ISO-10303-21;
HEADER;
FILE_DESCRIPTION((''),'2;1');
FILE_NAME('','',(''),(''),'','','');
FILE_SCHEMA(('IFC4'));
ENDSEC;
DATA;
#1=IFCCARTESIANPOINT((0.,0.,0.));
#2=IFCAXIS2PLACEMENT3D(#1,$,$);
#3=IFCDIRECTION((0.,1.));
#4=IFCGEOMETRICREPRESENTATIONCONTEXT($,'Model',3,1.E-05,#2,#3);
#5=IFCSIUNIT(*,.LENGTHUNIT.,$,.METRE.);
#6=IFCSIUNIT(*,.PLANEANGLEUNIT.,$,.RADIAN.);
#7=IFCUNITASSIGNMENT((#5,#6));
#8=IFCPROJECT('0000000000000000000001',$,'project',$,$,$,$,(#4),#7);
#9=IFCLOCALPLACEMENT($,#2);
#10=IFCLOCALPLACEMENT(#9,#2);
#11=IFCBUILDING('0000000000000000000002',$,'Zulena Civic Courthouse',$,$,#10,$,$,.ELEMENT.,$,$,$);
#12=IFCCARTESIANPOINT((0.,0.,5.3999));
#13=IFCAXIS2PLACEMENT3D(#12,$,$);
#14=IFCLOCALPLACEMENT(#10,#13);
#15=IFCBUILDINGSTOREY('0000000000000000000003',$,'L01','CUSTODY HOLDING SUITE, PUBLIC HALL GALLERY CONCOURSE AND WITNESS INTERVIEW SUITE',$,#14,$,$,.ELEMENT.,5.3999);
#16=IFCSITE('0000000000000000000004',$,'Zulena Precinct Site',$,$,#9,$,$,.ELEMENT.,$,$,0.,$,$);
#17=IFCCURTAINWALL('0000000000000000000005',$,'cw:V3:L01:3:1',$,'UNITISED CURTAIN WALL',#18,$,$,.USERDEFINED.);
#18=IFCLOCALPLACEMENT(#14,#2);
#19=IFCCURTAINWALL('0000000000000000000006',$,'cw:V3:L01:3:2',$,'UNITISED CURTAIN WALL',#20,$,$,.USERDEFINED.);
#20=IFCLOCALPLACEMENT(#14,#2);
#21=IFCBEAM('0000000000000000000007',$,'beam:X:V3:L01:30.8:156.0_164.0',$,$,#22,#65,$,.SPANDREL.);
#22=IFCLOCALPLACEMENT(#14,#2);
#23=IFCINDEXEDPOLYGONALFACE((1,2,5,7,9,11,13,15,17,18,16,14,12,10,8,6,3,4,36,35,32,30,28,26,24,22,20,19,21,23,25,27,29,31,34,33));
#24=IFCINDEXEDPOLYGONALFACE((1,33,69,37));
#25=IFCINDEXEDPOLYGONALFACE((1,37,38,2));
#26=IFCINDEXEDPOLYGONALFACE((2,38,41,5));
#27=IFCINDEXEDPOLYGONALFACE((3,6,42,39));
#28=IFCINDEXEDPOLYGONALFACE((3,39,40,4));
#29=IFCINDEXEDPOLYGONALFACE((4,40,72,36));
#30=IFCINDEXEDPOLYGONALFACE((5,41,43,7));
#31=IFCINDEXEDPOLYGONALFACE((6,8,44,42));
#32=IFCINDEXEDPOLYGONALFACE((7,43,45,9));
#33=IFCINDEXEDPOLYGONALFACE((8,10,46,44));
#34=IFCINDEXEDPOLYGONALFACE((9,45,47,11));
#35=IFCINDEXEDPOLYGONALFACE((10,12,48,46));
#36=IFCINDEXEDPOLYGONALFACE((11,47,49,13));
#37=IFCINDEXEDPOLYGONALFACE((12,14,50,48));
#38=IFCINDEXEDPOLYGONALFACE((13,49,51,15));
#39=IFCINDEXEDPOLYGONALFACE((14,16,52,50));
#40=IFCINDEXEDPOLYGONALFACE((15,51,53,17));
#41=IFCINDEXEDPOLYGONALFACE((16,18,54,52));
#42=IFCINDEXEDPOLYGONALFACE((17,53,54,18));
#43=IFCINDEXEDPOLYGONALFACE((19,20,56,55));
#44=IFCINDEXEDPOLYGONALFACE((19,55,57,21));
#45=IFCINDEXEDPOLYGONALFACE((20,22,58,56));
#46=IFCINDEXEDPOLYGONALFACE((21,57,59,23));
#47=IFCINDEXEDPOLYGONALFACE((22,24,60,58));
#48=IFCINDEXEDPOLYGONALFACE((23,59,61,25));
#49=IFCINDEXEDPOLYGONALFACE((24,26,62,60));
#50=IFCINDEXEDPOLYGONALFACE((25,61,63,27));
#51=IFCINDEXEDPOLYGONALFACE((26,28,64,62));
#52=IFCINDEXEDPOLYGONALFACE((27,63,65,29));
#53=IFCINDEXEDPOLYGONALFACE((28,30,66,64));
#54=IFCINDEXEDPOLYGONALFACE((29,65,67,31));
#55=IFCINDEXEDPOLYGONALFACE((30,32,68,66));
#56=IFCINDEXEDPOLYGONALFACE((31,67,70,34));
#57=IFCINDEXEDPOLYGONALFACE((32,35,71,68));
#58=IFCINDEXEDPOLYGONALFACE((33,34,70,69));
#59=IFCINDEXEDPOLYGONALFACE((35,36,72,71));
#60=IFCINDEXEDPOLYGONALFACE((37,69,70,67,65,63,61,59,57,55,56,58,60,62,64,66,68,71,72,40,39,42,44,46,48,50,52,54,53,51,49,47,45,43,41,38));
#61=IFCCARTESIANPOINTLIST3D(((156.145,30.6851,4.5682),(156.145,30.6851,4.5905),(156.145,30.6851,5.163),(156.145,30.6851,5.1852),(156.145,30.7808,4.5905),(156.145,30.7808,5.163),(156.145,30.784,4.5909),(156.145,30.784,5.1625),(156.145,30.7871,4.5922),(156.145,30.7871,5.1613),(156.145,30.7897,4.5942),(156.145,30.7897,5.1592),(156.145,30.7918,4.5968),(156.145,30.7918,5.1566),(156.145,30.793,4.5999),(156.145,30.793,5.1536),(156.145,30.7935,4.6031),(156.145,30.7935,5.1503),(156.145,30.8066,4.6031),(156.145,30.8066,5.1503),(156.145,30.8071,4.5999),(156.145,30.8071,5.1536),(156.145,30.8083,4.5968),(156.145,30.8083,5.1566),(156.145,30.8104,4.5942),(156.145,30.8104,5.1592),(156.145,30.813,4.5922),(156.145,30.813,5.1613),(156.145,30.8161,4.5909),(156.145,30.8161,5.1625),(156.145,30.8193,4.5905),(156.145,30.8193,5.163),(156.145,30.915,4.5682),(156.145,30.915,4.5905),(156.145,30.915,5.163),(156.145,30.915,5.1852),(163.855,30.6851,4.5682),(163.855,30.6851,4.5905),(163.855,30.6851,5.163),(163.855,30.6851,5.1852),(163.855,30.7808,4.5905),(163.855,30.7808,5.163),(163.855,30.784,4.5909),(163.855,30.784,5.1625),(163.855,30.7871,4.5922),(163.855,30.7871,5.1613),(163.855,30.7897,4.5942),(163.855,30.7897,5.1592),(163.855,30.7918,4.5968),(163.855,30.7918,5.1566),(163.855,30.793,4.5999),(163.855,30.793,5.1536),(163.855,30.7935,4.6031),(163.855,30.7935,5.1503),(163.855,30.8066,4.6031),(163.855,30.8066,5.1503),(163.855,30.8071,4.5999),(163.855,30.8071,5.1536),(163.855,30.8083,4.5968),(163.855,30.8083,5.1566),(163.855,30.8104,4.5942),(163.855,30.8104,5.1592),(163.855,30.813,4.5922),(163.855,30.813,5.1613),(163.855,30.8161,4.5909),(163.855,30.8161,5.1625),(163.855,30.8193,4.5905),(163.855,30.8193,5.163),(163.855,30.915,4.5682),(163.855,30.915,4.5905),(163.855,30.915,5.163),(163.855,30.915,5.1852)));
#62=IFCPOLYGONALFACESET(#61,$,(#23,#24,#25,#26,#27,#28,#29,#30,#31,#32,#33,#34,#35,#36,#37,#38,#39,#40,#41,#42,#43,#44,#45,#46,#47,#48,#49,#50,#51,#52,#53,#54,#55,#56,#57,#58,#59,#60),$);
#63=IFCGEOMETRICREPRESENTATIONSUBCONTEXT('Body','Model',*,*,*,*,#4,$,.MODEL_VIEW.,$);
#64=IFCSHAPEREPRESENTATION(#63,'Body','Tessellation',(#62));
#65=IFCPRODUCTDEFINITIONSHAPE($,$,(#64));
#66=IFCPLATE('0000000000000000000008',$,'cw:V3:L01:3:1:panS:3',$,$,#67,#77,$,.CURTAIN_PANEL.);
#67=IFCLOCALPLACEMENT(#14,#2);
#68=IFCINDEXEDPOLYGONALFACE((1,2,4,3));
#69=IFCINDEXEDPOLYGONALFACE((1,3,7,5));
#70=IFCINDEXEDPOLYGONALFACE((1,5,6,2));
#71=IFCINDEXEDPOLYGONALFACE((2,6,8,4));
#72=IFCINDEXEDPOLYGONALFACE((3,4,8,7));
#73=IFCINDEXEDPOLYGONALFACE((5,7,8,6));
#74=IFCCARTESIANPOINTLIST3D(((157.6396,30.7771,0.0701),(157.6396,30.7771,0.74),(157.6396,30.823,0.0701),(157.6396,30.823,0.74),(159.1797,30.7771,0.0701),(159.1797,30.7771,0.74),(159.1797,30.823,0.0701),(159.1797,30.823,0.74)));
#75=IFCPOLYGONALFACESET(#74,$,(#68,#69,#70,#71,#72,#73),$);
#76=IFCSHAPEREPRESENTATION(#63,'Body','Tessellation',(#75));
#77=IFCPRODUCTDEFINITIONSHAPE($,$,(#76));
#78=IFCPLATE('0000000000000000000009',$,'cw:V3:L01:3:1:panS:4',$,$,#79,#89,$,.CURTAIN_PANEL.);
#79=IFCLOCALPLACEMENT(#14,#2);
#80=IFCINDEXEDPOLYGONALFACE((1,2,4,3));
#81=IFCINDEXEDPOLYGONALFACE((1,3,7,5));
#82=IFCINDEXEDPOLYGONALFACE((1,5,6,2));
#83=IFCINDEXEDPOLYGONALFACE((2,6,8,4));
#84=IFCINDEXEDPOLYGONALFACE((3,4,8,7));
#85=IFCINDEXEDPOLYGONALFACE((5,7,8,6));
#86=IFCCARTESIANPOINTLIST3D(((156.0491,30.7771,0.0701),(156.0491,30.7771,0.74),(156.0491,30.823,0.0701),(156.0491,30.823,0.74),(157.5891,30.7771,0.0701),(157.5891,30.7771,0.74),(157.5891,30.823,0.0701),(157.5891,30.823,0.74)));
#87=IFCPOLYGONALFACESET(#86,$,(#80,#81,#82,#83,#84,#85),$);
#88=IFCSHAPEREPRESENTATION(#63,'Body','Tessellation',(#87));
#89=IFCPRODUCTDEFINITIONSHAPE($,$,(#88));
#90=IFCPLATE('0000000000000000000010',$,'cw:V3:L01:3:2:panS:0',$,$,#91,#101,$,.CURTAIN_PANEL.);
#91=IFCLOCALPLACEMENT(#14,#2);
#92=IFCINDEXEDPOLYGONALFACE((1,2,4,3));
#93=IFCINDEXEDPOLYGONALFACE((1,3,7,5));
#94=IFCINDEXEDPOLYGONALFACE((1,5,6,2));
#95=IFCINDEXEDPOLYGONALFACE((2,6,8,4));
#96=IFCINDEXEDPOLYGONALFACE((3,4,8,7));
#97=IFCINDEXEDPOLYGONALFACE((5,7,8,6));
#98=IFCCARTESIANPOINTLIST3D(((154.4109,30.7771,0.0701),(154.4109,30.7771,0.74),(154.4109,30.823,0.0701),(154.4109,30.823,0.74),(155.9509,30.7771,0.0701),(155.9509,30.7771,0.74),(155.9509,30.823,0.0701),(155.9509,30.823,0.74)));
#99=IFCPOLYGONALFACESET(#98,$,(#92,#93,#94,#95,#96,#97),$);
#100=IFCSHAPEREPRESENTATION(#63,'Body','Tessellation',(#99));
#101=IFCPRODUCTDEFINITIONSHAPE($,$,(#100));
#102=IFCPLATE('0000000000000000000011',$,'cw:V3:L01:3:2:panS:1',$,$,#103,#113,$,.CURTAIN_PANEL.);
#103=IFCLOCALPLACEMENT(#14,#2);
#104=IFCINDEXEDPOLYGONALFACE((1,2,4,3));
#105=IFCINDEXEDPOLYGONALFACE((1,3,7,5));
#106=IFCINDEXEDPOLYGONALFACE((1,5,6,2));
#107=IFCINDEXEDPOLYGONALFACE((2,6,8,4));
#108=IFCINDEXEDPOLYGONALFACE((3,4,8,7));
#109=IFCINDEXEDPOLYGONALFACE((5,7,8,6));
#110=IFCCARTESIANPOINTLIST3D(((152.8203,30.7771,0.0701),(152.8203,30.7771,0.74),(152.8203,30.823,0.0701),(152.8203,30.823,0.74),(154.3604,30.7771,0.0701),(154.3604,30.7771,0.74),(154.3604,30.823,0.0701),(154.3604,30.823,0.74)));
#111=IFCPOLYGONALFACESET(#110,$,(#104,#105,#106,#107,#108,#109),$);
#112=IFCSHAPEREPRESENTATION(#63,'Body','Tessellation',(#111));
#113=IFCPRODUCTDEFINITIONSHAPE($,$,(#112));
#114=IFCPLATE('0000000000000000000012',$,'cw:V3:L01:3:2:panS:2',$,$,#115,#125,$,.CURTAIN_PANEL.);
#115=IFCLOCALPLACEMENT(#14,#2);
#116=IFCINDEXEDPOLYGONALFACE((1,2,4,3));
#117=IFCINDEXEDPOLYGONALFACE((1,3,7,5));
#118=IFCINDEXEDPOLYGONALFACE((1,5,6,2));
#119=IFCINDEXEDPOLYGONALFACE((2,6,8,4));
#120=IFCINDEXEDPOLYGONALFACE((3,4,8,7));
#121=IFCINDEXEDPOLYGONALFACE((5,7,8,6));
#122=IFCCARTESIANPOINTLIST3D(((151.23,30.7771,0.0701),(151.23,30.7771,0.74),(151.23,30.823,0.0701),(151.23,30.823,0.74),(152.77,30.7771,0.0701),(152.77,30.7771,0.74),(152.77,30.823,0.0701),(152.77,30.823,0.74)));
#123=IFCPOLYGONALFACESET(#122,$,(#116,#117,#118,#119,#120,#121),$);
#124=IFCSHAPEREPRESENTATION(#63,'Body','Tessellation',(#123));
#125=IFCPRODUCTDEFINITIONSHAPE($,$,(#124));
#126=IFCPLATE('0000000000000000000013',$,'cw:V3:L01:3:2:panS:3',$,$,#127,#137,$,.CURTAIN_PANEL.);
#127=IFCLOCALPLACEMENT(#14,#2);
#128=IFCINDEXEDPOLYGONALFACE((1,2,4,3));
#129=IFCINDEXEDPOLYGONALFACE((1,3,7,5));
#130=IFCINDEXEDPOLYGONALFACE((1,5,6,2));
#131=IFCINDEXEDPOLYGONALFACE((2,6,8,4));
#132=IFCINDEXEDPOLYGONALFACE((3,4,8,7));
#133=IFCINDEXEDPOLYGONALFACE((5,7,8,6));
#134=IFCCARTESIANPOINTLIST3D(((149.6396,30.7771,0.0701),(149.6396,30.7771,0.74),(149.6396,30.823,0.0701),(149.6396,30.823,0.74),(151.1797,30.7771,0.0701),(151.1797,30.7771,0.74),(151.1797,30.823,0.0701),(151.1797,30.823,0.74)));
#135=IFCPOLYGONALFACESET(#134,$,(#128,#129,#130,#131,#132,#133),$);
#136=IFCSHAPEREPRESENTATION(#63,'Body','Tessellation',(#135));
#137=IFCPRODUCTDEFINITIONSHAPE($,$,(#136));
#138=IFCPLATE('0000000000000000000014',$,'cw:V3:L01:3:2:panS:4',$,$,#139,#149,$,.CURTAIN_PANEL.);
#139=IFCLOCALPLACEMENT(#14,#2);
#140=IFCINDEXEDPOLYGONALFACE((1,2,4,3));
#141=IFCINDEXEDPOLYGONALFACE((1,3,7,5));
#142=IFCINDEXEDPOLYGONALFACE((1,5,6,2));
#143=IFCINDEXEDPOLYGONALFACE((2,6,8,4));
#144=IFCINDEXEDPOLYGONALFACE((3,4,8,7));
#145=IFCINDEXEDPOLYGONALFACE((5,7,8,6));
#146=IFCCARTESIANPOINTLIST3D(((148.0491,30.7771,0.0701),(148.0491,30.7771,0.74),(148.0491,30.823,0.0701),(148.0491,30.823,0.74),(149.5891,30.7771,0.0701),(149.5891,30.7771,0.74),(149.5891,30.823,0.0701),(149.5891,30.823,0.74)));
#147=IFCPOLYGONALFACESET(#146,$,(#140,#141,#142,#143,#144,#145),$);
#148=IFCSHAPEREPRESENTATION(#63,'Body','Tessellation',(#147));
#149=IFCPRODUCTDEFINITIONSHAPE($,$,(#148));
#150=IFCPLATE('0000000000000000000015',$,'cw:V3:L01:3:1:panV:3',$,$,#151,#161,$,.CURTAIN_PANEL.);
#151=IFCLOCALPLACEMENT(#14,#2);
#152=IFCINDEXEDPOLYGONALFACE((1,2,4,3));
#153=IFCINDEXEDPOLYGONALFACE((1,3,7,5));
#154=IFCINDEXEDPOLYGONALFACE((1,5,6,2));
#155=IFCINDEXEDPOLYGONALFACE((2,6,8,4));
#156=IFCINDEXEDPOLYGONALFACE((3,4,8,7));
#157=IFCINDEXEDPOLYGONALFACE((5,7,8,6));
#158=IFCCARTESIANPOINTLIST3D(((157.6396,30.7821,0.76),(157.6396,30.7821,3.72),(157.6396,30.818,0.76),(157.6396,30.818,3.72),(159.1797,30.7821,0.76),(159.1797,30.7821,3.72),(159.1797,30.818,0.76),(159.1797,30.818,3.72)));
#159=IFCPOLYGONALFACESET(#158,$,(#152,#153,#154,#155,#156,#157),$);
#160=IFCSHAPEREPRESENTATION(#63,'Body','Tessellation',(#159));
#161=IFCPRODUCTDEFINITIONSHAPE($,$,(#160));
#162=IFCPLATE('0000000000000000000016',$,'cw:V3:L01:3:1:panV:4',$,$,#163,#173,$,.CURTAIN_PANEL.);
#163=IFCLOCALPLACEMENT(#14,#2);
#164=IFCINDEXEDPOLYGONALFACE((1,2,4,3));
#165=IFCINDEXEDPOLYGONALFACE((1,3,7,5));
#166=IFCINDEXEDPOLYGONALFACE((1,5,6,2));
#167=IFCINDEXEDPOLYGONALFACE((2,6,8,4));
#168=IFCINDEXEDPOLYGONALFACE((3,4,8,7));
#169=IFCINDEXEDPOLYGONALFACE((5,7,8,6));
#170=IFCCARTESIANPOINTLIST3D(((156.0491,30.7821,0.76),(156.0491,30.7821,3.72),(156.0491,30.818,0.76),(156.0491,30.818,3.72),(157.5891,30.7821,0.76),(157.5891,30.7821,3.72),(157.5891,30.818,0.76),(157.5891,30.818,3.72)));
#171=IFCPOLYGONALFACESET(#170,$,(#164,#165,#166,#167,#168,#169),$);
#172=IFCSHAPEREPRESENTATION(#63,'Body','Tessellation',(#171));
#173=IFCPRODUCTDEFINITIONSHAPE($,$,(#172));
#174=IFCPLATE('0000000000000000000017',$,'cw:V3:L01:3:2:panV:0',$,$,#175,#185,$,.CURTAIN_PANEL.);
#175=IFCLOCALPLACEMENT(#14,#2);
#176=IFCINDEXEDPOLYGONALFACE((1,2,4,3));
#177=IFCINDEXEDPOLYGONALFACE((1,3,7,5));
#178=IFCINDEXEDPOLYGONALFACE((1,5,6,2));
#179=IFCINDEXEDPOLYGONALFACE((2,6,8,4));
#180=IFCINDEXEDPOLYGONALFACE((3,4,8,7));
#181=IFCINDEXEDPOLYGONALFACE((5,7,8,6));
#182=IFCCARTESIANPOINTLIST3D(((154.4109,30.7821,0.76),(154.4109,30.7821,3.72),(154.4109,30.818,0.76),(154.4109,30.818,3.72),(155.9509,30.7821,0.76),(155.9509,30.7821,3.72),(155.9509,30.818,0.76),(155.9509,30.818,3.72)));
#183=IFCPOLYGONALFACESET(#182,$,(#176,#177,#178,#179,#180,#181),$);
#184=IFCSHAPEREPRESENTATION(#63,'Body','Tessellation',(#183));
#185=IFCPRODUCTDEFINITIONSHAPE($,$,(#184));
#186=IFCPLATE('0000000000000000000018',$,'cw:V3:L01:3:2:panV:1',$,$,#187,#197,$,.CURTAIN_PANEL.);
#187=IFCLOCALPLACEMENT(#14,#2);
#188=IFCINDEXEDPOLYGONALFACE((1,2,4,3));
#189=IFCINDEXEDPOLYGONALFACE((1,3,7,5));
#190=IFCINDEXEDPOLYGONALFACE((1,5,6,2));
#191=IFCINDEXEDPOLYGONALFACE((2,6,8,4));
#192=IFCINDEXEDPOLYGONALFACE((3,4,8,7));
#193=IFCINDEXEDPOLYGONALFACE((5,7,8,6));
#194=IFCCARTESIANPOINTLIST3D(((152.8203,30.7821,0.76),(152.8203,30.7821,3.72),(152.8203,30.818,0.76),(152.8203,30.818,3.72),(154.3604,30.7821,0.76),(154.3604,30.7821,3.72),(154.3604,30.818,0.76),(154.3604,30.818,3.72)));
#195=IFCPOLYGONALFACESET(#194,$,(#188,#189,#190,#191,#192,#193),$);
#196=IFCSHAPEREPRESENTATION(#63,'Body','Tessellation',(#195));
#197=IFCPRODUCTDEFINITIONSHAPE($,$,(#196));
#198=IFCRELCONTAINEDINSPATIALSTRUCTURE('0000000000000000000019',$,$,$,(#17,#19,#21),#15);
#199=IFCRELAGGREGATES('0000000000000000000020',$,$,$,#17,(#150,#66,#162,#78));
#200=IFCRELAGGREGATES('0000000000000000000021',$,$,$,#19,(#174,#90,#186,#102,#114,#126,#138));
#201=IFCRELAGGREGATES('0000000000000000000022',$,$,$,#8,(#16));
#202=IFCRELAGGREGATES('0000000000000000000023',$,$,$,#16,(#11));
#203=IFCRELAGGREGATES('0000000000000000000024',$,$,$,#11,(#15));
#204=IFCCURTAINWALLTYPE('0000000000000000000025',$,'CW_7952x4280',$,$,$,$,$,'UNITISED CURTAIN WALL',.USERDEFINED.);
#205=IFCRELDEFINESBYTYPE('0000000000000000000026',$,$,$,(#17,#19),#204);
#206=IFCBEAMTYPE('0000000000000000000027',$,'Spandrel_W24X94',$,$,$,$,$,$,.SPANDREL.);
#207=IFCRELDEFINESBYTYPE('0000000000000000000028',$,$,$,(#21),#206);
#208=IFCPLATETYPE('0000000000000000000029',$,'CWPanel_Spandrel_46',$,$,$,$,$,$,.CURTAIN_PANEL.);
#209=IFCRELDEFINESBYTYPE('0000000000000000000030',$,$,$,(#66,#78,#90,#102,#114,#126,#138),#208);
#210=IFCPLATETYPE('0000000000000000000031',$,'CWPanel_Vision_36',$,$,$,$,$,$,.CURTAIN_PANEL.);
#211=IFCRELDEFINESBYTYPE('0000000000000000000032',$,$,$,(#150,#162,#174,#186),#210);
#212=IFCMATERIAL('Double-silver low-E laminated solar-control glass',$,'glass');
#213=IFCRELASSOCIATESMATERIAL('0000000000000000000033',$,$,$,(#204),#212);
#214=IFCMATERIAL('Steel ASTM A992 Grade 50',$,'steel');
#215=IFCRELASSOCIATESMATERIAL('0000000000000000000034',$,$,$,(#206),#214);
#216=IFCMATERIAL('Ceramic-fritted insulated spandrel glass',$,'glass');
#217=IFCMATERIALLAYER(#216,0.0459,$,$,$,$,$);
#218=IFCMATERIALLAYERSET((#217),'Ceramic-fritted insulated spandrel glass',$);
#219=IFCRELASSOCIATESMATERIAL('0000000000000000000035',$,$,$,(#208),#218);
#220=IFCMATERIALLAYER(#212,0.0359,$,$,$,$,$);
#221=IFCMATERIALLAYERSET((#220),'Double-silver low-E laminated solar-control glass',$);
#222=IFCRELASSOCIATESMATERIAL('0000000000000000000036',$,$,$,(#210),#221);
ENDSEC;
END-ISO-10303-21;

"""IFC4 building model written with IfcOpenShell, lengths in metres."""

from ifc_helpers import new_model, si_unit, direction, frame, origin, origin_2d, place, context, subcontext, project, spatial, rectangle, i_section, extrude, material, layer, layer_set, material_profile, profile_set, type_object, element, aggregate, save


model = new_model("IFC4")

# Units and contexts
model_context = context("Model", 3, precision=1e-05, world=origin(), true_north=direction((0.0, 1.0)))
body_context = subcontext(model_context, "Body", "Model", "MODEL_VIEW")
ifc_project = project(units=[si_unit("LENGTHUNIT", "METRE"), si_unit("PLANEANGLEUNIT", "RADIAN")], contexts=[model_context])

# Site, building, storey
site_placement = place(None, origin())
site = spatial("IfcSite", under=ifc_project, at=site_placement, Name="Zulena Precinct Site", CompositionType="ELEMENT", RefElevation=0.0)
building_placement = place(site_placement, origin())
building = spatial("IfcBuilding", under=site, at=building_placement, Name="Zulena Civic Courthouse", CompositionType="ELEMENT")
storey_placement = place(building_placement, frame((0.0, 0.0, 5.3999)))
storey = spatial("IfcBuildingStorey", under=building, at=storey_placement, Name="L01", Description="CUSTODY HOLDING SUITE, PUBLIC HALL GALLERY CONCOURSE AND WITNESS INTERVIEW SUITE", CompositionType="ELEMENT", Elevation=5.3999)

# Shared definitions
ifc_material_1 = material(Name="Steel ASTM A992 Grade 50", Category="steel")

# Curtain walls
ifc_material_2 = material(Name="Double-silver low-E laminated solar-control glass", Category="glass")
curtain_wall_type = type_object("IfcCurtainWallType", Name="CW_7952x4280", ElementType="UNITISED CURTAIN WALL", PredefinedType="USERDEFINED", material=ifc_material_2)
curtain_wall_1_placement = place(storey_placement, origin())
curtain_wall_1 = element("IfcCurtainWall", 1, at=curtain_wall_1_placement, inside=storey, type_object=curtain_wall_type, Name="cw:V3:L01:3:1", ObjectType="UNITISED CURTAIN WALL", PredefinedType="USERDEFINED")
curtain_wall_2_placement = place(storey_placement, origin())
curtain_wall_2 = element("IfcCurtainWall", 2, at=curtain_wall_2_placement, inside=storey, type_object=curtain_wall_type, Name="cw:V3:L01:3:2", ObjectType="UNITISED CURTAIN WALL", PredefinedType="USERDEFINED")

# Beam
ifc_material_profile_1 = material_profile(ifc_material_1, i_section(OverallWidth=0.23, OverallDepth=0.6169, WebThickness=0.0132, FlangeThickness=0.0222, FilletRadius=0.0127, at=origin_2d()), Name="W24X94")
ifc_profile_set_1 = profile_set([ifc_material_profile_1], Name="Steel ASTM A992 Grade 50")
beam_type_1 = type_object("IfcBeamType", Name="Spandrel_W24X94", PredefinedType="SPANDREL", material=ifc_profile_set_1)
for number, where, z_axis, x_axis, name in (
    (3, (156.145, 30.8, 4.8767), (1.0, 0.0, 0.0), (0.0, 1.0, 0.0), "beam:X:V3:L01:30.8:156.0_164.0"),
):
    element("IfcBeam", number, at=place(storey_placement, frame(where, z_axis=z_axis, x_axis=x_axis)), inside=storey, type_object=beam_type_1, Name=name, PredefinedType="SPANDREL", context=body_context, shape_type="SweptSolid", body=[
        extrude(i_section(OverallWidth=0.23, OverallDepth=0.6169, WebThickness=0.0132, FlangeThickness=0.0222, FilletRadius=0.0127, at=origin_2d()), origin(), (0.0, 0.0, 1.0), 7.71),
    ])

# Plates
ifc_material_3 = material(Name="Ceramic-fritted insulated spandrel glass", Category="glass")
ifc_layer_1 = layer(ifc_material_3, 0.0459)
ifc_layer_set_1 = layer_set([ifc_layer_1], Name="Ceramic-fritted insulated spandrel glass")
plate_type_1 = type_object("IfcPlateType", Name="CWPanel_Spandrel_46", PredefinedType="CURTAIN_PANEL", material=ifc_layer_set_1)
plate_1_placement = place(storey_placement, frame((158.4097, 30.8, 0.0701), z_axis=(0.0, 0.0, 1.0), x_axis=(-1.0, 0.0, 0.0)))
plate_1 = element("IfcPlate", 4, at=plate_1_placement, type_object=plate_type_1, Name="cw:V3:L01:3:1:panS:3", PredefinedType="CURTAIN_PANEL", context=body_context, shape_type="SweptSolid", body=[
    extrude(rectangle(XDim=1.54, YDim=0.0459, at=origin_2d()), origin(), (0.0, 0.0, 1.0), 0.6699),
])
plate_2_placement = place(storey_placement, frame((156.8191, 30.8, 0.0701), z_axis=(0.0, 0.0, 1.0), x_axis=(-1.0, 0.0, 0.0)))
plate_2 = element("IfcPlate", 5, at=plate_2_placement, type_object=plate_type_1, Name="cw:V3:L01:3:1:panS:4", PredefinedType="CURTAIN_PANEL", context=body_context, shape_type="SweptSolid", body=[
    extrude(rectangle(XDim=1.54, YDim=0.0459, at=origin_2d()), origin(), (0.0, 0.0, 1.0), 0.6699),
])
plate_3_placement = place(storey_placement, frame((155.1809, 30.8, 0.0701), z_axis=(0.0, 0.0, 1.0), x_axis=(-1.0, 0.0, 0.0)))
plate_3 = element("IfcPlate", 6, at=plate_3_placement, type_object=plate_type_1, Name="cw:V3:L01:3:2:panS:0", PredefinedType="CURTAIN_PANEL", context=body_context, shape_type="SweptSolid", body=[
    extrude(rectangle(XDim=1.54, YDim=0.0459, at=origin_2d()), origin(), (0.0, 0.0, 1.0), 0.6699),
])
plate_4_placement = place(storey_placement, frame((153.5903, 30.8, 0.0701), z_axis=(0.0, 0.0, 1.0), x_axis=(-1.0, 0.0, 0.0)))
plate_4 = element("IfcPlate", 7, at=plate_4_placement, type_object=plate_type_1, Name="cw:V3:L01:3:2:panS:1", PredefinedType="CURTAIN_PANEL", context=body_context, shape_type="SweptSolid", body=[
    extrude(rectangle(XDim=1.54, YDim=0.0459, at=origin_2d()), origin(), (0.0, 0.0, 1.0), 0.6699),
])
plate_5_placement = place(storey_placement, frame((152.0, 30.8, 0.0701), z_axis=(0.0, 0.0, 1.0), x_axis=(-1.0, 0.0, 0.0)))
plate_5 = element("IfcPlate", 8, at=plate_5_placement, type_object=plate_type_1, Name="cw:V3:L01:3:2:panS:2", PredefinedType="CURTAIN_PANEL", context=body_context, shape_type="SweptSolid", body=[
    extrude(rectangle(XDim=1.54, YDim=0.0459, at=origin_2d()), origin(), (0.0, 0.0, 1.0), 0.6699),
])
plate_6_placement = place(storey_placement, frame((150.4097, 30.8, 0.0701), z_axis=(0.0, 0.0, 1.0), x_axis=(-1.0, 0.0, 0.0)))
plate_6 = element("IfcPlate", 9, at=plate_6_placement, type_object=plate_type_1, Name="cw:V3:L01:3:2:panS:3", PredefinedType="CURTAIN_PANEL", context=body_context, shape_type="SweptSolid", body=[
    extrude(rectangle(XDim=1.54, YDim=0.0459, at=origin_2d()), origin(), (0.0, 0.0, 1.0), 0.6699),
])
plate_7_placement = place(storey_placement, frame((148.8191, 30.8, 0.0701), z_axis=(0.0, 0.0, 1.0), x_axis=(-1.0, 0.0, 0.0)))
plate_7 = element("IfcPlate", 10, at=plate_7_placement, type_object=plate_type_1, Name="cw:V3:L01:3:2:panS:4", PredefinedType="CURTAIN_PANEL", context=body_context, shape_type="SweptSolid", body=[
    extrude(rectangle(XDim=1.54, YDim=0.0459, at=origin_2d()), origin(), (0.0, 0.0, 1.0), 0.6699),
])
ifc_layer_2 = layer(ifc_material_2, 0.0359)
ifc_layer_set_2 = layer_set([ifc_layer_2], Name="Double-silver low-E laminated solar-control glass")
plate_type_2 = type_object("IfcPlateType", Name="CWPanel_Vision_36", PredefinedType="CURTAIN_PANEL", material=ifc_layer_set_2)
plate_8_placement = place(storey_placement, frame((158.4097, 30.8, 0.76), z_axis=(0.0, 0.0, 1.0), x_axis=(-1.0, 0.0, 0.0)))
plate_8 = element("IfcPlate", 11, at=plate_8_placement, type_object=plate_type_2, Name="cw:V3:L01:3:1:panV:3", PredefinedType="CURTAIN_PANEL", context=body_context, shape_type="SweptSolid", body=[
    extrude(rectangle(XDim=1.54, YDim=0.0359, at=origin_2d()), origin(), (0.0, 0.0, 1.0), 2.96),
])
plate_9_placement = place(storey_placement, frame((156.8191, 30.8, 0.76), z_axis=(0.0, 0.0, 1.0), x_axis=(-1.0, 0.0, 0.0)))
plate_9 = element("IfcPlate", 12, at=plate_9_placement, type_object=plate_type_2, Name="cw:V3:L01:3:1:panV:4", PredefinedType="CURTAIN_PANEL", context=body_context, shape_type="SweptSolid", body=[
    extrude(rectangle(XDim=1.54, YDim=0.0359, at=origin_2d()), origin(), (0.0, 0.0, 1.0), 2.96),
])
aggregate(curtain_wall_1, [plate_8, plate_1, plate_9, plate_2])
plate_10_placement = place(storey_placement, frame((155.1809, 30.8, 0.76), z_axis=(0.0, 0.0, 1.0), x_axis=(-1.0, 0.0, 0.0)))
plate_10 = element("IfcPlate", 13, at=plate_10_placement, type_object=plate_type_2, Name="cw:V3:L01:3:2:panV:0", PredefinedType="CURTAIN_PANEL", context=body_context, shape_type="SweptSolid", body=[
    extrude(rectangle(XDim=1.54, YDim=0.0359, at=origin_2d()), origin(), (0.0, 0.0, 1.0), 2.96),
])
plate_11_placement = place(storey_placement, frame((153.5903, 30.8, 0.76), z_axis=(0.0, 0.0, 1.0), x_axis=(-1.0, 0.0, 0.0)))
plate_11 = element("IfcPlate", 14, at=plate_11_placement, type_object=plate_type_2, Name="cw:V3:L01:3:2:panV:1", PredefinedType="CURTAIN_PANEL", context=body_context, shape_type="SweptSolid", body=[
    extrude(rectangle(XDim=1.54, YDim=0.0359, at=origin_2d()), origin(), (0.0, 0.0, 1.0), 2.96),
])
aggregate(curtain_wall_2, [plate_10, plate_3, plate_11, plate_4, plate_5, plate_6, plate_7])

save(model, "model.ifc")
